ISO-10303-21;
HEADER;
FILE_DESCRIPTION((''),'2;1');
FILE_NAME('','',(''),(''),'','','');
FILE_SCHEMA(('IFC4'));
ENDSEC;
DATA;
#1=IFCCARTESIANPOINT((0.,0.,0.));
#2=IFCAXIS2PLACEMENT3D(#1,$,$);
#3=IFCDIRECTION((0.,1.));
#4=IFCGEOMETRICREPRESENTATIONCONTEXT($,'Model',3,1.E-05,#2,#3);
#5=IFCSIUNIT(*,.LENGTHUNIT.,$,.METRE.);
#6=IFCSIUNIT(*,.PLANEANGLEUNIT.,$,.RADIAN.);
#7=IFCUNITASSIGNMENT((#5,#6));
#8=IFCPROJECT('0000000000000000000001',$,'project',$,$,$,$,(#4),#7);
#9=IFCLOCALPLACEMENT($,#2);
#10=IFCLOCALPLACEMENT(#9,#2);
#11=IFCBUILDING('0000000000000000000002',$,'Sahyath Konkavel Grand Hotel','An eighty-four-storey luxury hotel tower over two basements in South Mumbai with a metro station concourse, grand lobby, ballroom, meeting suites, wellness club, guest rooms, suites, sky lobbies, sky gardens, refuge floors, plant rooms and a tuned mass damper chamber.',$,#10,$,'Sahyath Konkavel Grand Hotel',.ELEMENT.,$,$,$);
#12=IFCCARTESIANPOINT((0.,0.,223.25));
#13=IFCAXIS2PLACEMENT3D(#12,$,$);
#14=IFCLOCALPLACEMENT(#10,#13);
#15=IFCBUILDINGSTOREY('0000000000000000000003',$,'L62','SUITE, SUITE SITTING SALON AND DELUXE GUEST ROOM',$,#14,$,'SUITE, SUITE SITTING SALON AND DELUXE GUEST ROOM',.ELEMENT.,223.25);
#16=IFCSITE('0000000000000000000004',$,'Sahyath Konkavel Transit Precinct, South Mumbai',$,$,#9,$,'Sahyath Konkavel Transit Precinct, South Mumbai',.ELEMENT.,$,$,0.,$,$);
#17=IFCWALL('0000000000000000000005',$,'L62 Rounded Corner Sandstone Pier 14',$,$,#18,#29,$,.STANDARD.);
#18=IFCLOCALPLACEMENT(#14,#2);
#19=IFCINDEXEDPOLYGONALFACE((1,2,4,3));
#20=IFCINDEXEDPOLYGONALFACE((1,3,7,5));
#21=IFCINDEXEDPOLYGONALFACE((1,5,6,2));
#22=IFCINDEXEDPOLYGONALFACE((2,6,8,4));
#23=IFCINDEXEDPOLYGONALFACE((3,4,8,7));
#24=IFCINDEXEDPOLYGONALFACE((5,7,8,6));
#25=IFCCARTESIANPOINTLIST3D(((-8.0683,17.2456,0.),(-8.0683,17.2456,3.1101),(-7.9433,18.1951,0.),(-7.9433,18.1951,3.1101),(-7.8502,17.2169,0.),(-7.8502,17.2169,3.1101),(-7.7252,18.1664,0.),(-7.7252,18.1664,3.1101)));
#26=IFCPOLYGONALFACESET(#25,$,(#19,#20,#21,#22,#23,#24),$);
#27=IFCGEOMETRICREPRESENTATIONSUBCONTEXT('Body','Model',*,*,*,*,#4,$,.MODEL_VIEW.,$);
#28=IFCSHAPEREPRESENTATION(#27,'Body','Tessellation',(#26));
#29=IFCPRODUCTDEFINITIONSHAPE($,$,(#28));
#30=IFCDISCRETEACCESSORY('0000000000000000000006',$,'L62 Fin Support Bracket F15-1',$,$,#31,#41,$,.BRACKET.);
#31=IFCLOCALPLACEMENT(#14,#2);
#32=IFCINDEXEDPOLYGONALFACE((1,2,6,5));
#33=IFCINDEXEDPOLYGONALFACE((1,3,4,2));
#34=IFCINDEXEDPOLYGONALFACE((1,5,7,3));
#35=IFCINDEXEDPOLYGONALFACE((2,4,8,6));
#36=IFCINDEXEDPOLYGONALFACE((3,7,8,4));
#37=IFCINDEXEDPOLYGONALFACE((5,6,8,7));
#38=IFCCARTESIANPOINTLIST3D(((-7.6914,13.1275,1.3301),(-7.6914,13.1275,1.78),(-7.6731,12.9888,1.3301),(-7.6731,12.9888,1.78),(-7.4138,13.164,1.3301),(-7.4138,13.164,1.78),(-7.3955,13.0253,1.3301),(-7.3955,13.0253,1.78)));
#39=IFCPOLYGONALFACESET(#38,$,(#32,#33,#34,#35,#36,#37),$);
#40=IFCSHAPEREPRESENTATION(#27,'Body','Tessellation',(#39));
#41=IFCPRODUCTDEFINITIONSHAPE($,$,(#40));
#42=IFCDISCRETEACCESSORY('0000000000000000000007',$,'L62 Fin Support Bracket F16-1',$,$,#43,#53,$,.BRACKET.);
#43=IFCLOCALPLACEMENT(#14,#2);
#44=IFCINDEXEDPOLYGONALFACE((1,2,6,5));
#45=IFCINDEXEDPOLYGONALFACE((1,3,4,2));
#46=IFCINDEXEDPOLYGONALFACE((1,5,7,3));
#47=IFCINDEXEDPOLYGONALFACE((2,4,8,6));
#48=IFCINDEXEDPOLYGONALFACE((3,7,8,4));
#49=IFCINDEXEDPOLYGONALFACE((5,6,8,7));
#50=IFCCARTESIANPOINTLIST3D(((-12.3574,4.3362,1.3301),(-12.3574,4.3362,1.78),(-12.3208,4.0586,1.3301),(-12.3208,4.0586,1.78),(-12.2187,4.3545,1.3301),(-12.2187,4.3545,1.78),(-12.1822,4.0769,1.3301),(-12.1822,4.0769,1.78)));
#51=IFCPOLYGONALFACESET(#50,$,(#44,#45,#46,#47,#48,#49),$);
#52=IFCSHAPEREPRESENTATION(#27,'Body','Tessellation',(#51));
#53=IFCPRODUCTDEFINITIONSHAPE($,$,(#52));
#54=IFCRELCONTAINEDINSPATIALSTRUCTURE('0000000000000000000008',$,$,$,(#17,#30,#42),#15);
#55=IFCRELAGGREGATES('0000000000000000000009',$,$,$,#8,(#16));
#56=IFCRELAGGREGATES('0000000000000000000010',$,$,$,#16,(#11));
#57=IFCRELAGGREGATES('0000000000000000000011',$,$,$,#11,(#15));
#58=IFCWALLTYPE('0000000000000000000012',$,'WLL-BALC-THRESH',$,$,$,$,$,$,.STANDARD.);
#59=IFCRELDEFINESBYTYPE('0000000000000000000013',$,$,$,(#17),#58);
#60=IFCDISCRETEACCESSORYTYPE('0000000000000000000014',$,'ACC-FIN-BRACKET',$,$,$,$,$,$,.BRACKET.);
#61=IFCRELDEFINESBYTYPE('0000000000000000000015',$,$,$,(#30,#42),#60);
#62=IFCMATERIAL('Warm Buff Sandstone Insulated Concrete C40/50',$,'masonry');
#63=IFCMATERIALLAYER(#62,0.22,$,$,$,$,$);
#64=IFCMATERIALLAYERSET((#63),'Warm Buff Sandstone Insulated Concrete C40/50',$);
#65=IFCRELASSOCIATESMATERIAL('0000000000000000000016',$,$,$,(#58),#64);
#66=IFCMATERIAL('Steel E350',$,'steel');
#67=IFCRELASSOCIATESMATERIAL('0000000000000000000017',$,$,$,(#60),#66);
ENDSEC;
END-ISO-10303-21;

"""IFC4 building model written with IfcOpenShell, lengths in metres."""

from ifc_helpers import new_model, si_unit, direction, frame, frame_2d, origin, origin_2d, place, context, subcontext, project, spatial, rectangle, extrude, source, transform, mapped, material, layer, layer_set, type_object, element, save


model = new_model("IFC4")

# Units and contexts
model_context = context("Model", 3, precision=1e-05, world=origin(), true_north=direction((0.0, 1.0)))
body_context = subcontext(model_context, "Body", "Model", "MODEL_VIEW")
ifc_project = project(units=[si_unit("LENGTHUNIT", "METRE"), si_unit("PLANEANGLEUNIT", "RADIAN")], contexts=[model_context])

# Site, building, storey
site_placement = place(None, origin())
site = spatial("IfcSite", under=ifc_project, at=site_placement, Name="Sahyath Konkavel Transit Precinct, South Mumbai", LongName="Sahyath Konkavel Transit Precinct, South Mumbai", CompositionType="ELEMENT", RefElevation=0.0)
building_placement = place(site_placement, origin())
building = spatial("IfcBuilding", under=site, at=building_placement, Name="Sahyath Konkavel Grand Hotel", Description="An eighty-four-storey luxury hotel tower over two basements in South Mumbai with a metro station concourse, grand lobby, ballroom, meeting suites, wellness club, guest rooms, suites, sky lobbies, sky gardens, refuge floors, plant rooms and a tuned mass damper chamber.", LongName="Sahyath Konkavel Grand Hotel", CompositionType="ELEMENT")
storey_placement = place(building_placement, frame((0.0, 0.0, 223.25)))
storey = spatial("IfcBuildingStorey", under=building, at=storey_placement, Name="L62", Description="SUITE, SUITE SITTING SALON AND DELUXE GUEST ROOM", LongName="SUITE, SUITE SITTING SALON AND DELUXE GUEST ROOM", CompositionType="ELEMENT", Elevation=223.25)

# Shared definitions
ifc_material_1 = material(Name="Steel E350", Category="steel")

# Wall
ifc_material_2 = material(Name="Warm Buff Sandstone Insulated Concrete C40/50", Category="masonry")
ifc_layer_1 = layer(ifc_material_2, 0.22)
ifc_layer_set_1 = layer_set([ifc_layer_1], Name="Warm Buff Sandstone Insulated Concrete C40/50")
wall_type = type_object("IfcWallType", Name="WLL-BALC-THRESH", PredefinedType="STANDARD", material=ifc_layer_set_1)
for number, where, z_axis, x_axis, name in (
    (1, (-7.8342, 18.1809, 0.0), (0.0, 0.0, 1.0), (-0.130527, -0.991445, 0.0), "L62 Rounded Corner Sandstone Pier 14"),
):
    element("IfcWall", number, at=place(storey_placement, frame(where, z_axis=z_axis, x_axis=x_axis)), inside=storey, type_object=wall_type, Name=name, PredefinedType="STANDARD", context=body_context, shape_type="SweptSolid", body=[
        extrude(rectangle(XDim=0.9578, YDim=0.22, at=frame_2d((0.479, 0.0))), origin(), (0.0, 0.0, 1.0), 3.1101),
    ])

# Discrete accessories
discrete_accessory_type = type_object("IfcDiscreteAccessoryType", Name="ACC-FIN-BRACKET", PredefinedType="BRACKET", material=ifc_material_1)
shared_shape_1 = source(origin(), body_context, "Body", "SweptSolid", [
    extrude(rectangle(XDim=0.28, YDim=0.1399, at=origin_2d()), origin(), (0.0, 0.0, 1.0), 0.45),
])
for number, where, z_axis, x_axis, name in (
    (2, (-7.5435, 13.0764, 1.3301), (0.0, 0.0, 1.0), (-0.991445, -0.130526, 0.0), "L62 Fin Support Bracket F15-1"),
    (3, (-12.2698, 4.2065, 1.3301), (0.0, 0.0, 1.0), (-0.130526, 0.991445, 0.0), "L62 Fin Support Bracket F16-1"),
):
    element("IfcDiscreteAccessory", number, at=place(storey_placement, frame(where, z_axis=z_axis, x_axis=x_axis)), inside=storey, type_object=discrete_accessory_type, Name=name, PredefinedType="BRACKET", context=body_context, shape_type="MappedRepresentation", body=[
        mapped(shared_shape_1, transform((0.0, 0.0, 0.0), scale=1.0)),
    ])

save(model, "model.ifc")
